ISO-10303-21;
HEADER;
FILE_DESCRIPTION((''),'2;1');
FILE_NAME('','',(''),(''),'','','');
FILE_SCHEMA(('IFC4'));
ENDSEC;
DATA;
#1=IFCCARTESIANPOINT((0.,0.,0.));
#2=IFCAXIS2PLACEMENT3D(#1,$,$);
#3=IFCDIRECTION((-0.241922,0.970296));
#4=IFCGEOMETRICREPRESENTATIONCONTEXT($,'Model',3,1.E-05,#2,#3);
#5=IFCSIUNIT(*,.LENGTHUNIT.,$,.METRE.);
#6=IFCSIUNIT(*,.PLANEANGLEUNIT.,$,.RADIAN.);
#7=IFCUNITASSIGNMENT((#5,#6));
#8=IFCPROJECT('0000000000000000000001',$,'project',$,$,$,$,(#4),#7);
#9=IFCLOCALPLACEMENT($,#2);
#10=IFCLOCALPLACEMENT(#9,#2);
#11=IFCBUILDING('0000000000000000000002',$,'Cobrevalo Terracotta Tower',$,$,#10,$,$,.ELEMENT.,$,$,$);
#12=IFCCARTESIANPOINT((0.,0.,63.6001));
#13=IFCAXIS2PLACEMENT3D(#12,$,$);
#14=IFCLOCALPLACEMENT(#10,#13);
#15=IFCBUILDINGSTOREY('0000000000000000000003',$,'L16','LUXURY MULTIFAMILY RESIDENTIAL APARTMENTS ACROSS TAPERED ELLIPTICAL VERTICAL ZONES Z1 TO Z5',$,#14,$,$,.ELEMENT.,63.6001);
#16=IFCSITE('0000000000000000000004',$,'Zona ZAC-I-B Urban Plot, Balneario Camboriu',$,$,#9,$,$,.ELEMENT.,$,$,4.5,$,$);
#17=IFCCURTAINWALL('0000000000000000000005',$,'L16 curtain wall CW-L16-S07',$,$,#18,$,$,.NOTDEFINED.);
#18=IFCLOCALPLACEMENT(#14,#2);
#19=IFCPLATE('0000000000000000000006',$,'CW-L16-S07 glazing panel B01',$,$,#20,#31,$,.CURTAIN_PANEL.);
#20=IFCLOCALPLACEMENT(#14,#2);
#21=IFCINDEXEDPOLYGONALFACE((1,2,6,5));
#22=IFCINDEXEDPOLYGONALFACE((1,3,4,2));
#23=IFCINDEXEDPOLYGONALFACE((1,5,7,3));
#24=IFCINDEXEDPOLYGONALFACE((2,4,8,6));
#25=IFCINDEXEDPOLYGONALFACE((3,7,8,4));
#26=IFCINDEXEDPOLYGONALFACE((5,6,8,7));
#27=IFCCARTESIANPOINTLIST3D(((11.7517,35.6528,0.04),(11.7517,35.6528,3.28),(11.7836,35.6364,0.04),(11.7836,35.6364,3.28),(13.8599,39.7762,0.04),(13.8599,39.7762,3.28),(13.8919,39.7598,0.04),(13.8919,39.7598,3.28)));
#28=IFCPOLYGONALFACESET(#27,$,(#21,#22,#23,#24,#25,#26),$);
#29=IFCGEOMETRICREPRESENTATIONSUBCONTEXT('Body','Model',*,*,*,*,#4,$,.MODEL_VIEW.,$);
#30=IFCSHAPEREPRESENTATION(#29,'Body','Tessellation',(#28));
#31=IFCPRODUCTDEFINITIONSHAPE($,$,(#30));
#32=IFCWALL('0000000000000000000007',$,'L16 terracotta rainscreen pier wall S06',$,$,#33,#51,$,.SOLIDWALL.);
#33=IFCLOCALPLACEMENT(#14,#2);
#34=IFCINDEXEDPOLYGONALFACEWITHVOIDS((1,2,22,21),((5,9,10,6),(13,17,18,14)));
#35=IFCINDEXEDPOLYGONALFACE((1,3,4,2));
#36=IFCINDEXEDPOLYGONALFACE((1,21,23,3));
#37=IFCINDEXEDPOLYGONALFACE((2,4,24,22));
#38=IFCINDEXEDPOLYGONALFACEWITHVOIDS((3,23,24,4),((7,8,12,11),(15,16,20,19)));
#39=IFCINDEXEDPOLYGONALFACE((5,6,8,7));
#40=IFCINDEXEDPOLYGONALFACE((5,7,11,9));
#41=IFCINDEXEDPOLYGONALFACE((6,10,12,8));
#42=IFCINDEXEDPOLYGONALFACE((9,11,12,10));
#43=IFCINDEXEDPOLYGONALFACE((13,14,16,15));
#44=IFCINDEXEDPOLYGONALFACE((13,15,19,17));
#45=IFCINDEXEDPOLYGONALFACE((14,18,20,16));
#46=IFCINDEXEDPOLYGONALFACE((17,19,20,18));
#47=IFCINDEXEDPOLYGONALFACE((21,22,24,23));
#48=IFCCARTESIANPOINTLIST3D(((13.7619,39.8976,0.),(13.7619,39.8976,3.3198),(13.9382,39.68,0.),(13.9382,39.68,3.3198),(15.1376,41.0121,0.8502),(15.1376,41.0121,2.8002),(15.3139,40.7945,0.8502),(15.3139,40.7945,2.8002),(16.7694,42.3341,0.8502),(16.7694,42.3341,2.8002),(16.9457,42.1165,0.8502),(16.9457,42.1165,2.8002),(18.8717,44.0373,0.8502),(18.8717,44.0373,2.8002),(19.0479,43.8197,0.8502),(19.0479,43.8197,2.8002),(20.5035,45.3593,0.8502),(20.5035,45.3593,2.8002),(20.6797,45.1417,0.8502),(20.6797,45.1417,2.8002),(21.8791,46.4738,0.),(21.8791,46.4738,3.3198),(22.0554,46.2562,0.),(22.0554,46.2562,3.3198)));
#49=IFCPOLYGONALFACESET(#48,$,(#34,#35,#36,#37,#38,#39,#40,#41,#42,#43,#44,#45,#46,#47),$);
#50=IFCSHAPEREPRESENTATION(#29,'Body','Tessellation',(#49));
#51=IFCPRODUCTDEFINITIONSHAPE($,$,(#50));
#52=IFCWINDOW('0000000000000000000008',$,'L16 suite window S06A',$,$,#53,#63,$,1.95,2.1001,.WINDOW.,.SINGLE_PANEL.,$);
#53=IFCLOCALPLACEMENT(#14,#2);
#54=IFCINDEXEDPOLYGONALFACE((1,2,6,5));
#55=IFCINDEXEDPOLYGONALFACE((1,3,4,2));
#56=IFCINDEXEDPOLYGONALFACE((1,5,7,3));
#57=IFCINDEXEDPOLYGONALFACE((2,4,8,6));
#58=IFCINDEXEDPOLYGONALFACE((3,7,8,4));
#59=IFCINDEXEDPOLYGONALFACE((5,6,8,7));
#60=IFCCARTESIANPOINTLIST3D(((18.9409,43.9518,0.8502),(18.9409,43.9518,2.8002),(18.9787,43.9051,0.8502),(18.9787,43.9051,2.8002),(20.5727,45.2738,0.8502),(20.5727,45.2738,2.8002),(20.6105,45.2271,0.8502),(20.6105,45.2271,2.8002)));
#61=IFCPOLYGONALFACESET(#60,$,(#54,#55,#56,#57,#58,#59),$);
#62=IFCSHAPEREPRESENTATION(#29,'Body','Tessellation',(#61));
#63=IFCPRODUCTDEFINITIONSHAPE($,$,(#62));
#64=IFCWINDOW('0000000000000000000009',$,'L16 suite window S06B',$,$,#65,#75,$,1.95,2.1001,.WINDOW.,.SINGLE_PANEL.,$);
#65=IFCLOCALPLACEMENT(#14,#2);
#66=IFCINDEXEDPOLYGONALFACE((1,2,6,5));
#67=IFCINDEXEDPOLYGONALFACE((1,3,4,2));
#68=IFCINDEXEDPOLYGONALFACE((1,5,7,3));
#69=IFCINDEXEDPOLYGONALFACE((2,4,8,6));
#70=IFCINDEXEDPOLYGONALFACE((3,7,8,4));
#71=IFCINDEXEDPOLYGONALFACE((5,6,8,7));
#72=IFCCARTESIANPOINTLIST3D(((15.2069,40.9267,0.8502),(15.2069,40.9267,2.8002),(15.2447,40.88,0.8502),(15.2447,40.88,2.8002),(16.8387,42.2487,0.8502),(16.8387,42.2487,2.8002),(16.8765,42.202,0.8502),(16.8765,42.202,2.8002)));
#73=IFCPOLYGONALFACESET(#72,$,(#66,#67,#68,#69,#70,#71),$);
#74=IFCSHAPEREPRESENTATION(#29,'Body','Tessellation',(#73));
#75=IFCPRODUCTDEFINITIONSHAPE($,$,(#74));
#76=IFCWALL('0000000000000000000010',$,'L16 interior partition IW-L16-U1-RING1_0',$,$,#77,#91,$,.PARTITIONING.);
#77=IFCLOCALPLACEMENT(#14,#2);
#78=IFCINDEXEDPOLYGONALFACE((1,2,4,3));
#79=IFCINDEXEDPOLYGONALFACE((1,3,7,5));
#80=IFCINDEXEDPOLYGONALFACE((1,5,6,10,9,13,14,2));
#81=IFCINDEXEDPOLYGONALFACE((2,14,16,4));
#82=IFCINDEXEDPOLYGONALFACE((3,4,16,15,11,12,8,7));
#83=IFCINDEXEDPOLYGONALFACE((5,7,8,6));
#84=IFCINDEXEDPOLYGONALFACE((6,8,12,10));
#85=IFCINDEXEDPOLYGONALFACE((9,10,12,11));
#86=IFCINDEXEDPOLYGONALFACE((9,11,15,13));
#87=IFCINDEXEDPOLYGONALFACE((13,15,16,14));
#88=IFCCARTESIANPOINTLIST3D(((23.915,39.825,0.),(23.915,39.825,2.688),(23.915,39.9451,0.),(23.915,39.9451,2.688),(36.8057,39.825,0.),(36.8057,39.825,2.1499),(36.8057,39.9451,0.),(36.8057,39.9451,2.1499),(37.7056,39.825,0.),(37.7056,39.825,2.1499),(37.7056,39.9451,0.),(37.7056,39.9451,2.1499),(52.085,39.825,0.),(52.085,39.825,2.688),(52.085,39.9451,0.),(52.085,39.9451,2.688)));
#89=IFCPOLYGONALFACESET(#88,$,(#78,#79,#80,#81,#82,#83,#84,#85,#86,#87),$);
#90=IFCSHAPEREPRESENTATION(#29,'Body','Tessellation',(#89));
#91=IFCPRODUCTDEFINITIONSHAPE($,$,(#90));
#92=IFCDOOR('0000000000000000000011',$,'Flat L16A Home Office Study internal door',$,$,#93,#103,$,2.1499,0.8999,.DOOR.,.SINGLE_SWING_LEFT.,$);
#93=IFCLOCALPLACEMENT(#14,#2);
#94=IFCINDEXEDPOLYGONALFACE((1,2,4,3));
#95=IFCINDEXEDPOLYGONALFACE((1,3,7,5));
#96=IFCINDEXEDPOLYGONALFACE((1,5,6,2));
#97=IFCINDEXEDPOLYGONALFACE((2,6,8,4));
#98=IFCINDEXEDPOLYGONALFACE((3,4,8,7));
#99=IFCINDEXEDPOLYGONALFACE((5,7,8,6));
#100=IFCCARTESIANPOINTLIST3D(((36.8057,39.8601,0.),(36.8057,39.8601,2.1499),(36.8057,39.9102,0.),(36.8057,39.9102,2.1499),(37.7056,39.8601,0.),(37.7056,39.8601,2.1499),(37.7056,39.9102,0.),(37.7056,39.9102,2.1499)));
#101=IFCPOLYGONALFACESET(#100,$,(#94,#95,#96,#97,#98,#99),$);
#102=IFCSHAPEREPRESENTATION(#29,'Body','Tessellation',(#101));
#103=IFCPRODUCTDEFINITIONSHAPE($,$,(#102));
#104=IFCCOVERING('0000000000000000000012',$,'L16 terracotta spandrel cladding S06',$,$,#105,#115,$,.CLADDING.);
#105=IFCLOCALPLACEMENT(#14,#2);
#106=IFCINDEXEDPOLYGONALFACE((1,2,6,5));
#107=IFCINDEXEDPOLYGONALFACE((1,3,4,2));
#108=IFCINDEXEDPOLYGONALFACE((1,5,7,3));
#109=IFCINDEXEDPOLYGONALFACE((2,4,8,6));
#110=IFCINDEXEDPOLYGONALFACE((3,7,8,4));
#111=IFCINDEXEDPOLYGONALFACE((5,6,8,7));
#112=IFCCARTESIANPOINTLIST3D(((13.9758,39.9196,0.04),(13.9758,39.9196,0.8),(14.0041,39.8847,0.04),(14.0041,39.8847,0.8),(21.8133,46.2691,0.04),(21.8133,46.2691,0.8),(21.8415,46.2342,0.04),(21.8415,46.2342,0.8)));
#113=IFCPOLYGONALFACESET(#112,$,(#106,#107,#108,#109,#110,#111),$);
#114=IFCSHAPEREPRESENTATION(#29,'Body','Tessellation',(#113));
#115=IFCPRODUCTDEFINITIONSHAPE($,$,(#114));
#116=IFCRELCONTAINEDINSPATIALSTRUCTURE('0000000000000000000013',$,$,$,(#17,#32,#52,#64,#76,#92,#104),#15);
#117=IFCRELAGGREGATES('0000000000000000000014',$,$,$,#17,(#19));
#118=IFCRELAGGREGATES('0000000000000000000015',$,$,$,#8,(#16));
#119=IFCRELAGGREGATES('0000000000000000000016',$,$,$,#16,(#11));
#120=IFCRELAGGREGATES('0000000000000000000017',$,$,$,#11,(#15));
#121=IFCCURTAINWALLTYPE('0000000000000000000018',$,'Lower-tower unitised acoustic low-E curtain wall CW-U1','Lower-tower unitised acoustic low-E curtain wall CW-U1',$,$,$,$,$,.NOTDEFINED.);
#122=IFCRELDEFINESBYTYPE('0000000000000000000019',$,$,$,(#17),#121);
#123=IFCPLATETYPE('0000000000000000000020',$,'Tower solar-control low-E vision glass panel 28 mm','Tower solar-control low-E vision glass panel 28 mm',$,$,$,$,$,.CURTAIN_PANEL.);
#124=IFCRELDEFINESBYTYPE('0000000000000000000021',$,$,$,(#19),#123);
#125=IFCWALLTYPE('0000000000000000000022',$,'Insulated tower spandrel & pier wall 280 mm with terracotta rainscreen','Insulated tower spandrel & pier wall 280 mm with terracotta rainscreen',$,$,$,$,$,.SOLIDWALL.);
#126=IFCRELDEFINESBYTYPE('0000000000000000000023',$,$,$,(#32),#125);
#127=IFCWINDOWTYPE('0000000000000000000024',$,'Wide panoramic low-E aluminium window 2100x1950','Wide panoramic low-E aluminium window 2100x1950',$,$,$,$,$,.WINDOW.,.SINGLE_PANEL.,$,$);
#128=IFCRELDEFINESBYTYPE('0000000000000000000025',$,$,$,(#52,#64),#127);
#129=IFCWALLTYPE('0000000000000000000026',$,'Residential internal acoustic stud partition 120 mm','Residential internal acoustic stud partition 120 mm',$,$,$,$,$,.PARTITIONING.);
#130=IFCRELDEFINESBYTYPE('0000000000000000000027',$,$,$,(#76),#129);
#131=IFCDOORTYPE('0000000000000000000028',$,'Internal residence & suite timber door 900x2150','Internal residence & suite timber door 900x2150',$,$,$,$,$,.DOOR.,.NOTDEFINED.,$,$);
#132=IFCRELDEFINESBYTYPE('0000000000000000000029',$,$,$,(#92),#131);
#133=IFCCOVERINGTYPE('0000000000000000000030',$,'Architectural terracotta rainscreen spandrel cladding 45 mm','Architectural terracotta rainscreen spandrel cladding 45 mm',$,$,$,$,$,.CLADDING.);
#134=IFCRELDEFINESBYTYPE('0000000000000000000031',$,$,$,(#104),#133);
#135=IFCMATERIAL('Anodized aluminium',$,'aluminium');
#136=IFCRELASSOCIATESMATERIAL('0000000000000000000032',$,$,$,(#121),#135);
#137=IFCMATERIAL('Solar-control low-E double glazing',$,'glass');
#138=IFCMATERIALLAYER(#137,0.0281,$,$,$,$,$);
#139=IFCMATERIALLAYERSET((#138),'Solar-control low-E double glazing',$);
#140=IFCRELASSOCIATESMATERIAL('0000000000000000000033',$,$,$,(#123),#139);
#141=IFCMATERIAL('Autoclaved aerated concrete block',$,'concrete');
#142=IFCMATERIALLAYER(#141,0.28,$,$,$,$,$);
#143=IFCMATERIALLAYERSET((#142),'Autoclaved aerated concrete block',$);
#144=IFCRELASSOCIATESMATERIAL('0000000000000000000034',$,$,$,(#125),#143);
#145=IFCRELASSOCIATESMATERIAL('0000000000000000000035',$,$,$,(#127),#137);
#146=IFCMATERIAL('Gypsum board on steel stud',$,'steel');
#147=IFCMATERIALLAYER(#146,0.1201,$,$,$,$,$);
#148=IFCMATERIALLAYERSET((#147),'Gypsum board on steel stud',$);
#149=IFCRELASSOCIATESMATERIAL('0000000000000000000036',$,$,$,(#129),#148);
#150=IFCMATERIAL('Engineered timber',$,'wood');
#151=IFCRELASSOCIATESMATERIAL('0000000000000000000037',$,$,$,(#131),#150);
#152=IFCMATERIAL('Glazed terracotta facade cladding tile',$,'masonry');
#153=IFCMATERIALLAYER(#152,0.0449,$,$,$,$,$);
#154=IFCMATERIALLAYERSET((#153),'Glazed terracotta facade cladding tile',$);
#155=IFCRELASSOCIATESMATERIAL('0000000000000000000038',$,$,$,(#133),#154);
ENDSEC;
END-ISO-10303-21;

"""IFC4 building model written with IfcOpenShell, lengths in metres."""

from ifc_helpers import new_model, si_unit, direction, frame, frame_2d, origin, origin_2d, place, context, subcontext, project, spatial, rectangle, extrude, source, transform, mapped, material, layer, layer_set, type_object, element, fill, aggregate, save


model = new_model("IFC4")

# Units and contexts
model_context = context("Model", 3, precision=1e-05, world=origin(), true_north=direction((-0.241922, 0.970296)))
body_context = subcontext(model_context, "Body", "Model", "MODEL_VIEW")
ifc_project = project(units=[si_unit("LENGTHUNIT", "METRE"), si_unit("PLANEANGLEUNIT", "RADIAN")], contexts=[model_context])

# Site, building, storey
site_placement = place(None, origin())
site = spatial("IfcSite", under=ifc_project, at=site_placement, Name="Zona ZAC-I-B Urban Plot, Balneario Camboriu", CompositionType="ELEMENT", RefElevation=4.5)
building_placement = place(site_placement, origin())
building = spatial("IfcBuilding", under=site, at=building_placement, Name="Cobrevalo Terracotta Tower", CompositionType="ELEMENT")
storey_placement = place(building_placement, frame((0.0, 0.0, 63.6001)))
storey = spatial("IfcBuildingStorey", under=building, at=storey_placement, Name="L16", Description="LUXURY MULTIFAMILY RESIDENTIAL APARTMENTS ACROSS TAPERED ELLIPTICAL VERTICAL ZONES Z1 TO Z5", CompositionType="ELEMENT", Elevation=63.6001)

# Shared definitions
ifc_material_1 = material(Name="Anodized aluminium", Category="aluminium")
curtain_wall_type = type_object("IfcCurtainWallType", Name="Lower-tower unitised acoustic low-E curtain wall CW-U1", Description="Lower-tower unitised acoustic low-E curtain wall CW-U1", PredefinedType="NOTDEFINED", material=ifc_material_1)

# Curtain wall
curtain_wall_1_placement = place(storey_placement, origin())
curtain_wall_1 = element("IfcCurtainWall", 1, at=curtain_wall_1_placement, inside=storey, type_object=curtain_wall_type, Name="L16 curtain wall CW-L16-S07", PredefinedType="NOTDEFINED")

# Plate
ifc_material_2 = material(Name="Solar-control low-E double glazing", Category="glass")
ifc_layer_1 = layer(ifc_material_2, 0.0281)
ifc_layer_set_1 = layer_set([ifc_layer_1], Name="Solar-control low-E double glazing")
plate_type = type_object("IfcPlateType", Name="Tower solar-control low-E vision glass panel 28 mm", Description="Tower solar-control low-E vision glass panel 28 mm", PredefinedType="CURTAIN_PANEL", material=ifc_layer_set_1)
shared_shape_1 = source(origin(), body_context, "Body", "SweptSolid", [
    extrude(rectangle(XDim=4.6311, YDim=0.0359, at=origin_2d()), origin(), (0.0, 0.0, 1.0), 3.24),
])
plate_1_placement = place(storey_placement, frame((12.8218, 37.7063, 0.04), z_axis=(0.0, 0.0, 1.0), x_axis=(-0.455231, -0.890373, 0.0)))
plate_1 = element("IfcPlate", 2, at=plate_1_placement, type_object=plate_type, Name="CW-L16-S07 glazing panel B01", PredefinedType="CURTAIN_PANEL", context=body_context, shape_type="MappedRepresentation", body=[
    mapped(shared_shape_1, transform((0.0, 0.0, 0.0), scale=1.0)),
])
aggregate(curtain_wall_1, [plate_1])

# Wall, openings, windows
ifc_material_3 = material(Name="Autoclaved aerated concrete block", Category="concrete")
ifc_layer_2 = layer(ifc_material_3, 0.28)
ifc_layer_set_2 = layer_set([ifc_layer_2], Name="Autoclaved aerated concrete block")
wall_type_1 = type_object("IfcWallType", Name="Insulated tower spandrel & pier wall 280 mm with terracotta rainscreen", Description="Insulated tower spandrel & pier wall 280 mm with terracotta rainscreen", PredefinedType="SOLIDWALL", material=ifc_layer_set_2)
wall_1_placement = place(storey_placement, frame((21.9673, 46.365, 0.0), z_axis=(0.0, 0.0, 1.0), x_axis=(-0.777005, -0.629494, 0.0)))
wall_1 = element("IfcWall", 3, at=wall_1_placement, inside=storey, type_object=wall_type_1, Name="L16 terracotta rainscreen pier wall S06", PredefinedType="SOLIDWALL", context=body_context, shape_type="SweptSolid", body=[
    extrude(rectangle(XDim=10.4468, YDim=0.28, at=frame_2d((5.2234, 0.0))), origin(), (0.0, 0.0, 1.0), 3.3198),
])
opening_1_placement = place(wall_1_placement, frame((1.7705, 0.0, 0.8501)))
opening_1 = element("IfcOpeningElement", 4, at=opening_1_placement, cuts=wall_1, PredefinedType="OPENING", context=body_context, shape_type="SweptSolid", body=[
    extrude(rectangle(XDim=2.1001, YDim=1.95, at=frame_2d((1.05, 0.9751))), frame((0.0, 0.1499, 0.0), z_axis=(0.0, -1.0, 0.0), x_axis=(1.0, 0.0, 0.0)), (0.0, 0.0, 1.0), 0.3),
])
opening_2_placement = place(wall_1_placement, frame((6.5762, 0.0, 0.8501)))
opening_2 = element("IfcOpeningElement", 5, at=opening_2_placement, cuts=wall_1, PredefinedType="OPENING", context=body_context, shape_type="SweptSolid", body=[
    extrude(rectangle(XDim=2.1001, YDim=1.95, at=frame_2d((1.05, 0.9751))), frame((0.0, 0.1499, 0.0), z_axis=(0.0, -1.0, 0.0), x_axis=(1.0, 0.0, 0.0)), (0.0, 0.0, 1.0), 0.3),
])
window_type = type_object("IfcWindowType", Name="Wide panoramic low-E aluminium window 2100x1950", Description="Wide panoramic low-E aluminium window 2100x1950", PartitioningType="SINGLE_PANEL", PredefinedType="WINDOW", material=ifc_material_2)
shared_shape_2 = source(origin(), body_context, "Body", "SweptSolid", [
    extrude(rectangle(XDim=2.1001, YDim=1.95, at=frame_2d((1.05, 0.9751))), frame((0.0, 0.03, 0.0), z_axis=(0.0, -1.0, 0.0), x_axis=(1.0, 0.0, 0.0)), (0.0, 0.0, 1.0), 0.0601),
])
window_1_placement = place(opening_1_placement, origin())
window_1 = element("IfcWindow", 6, at=window_1_placement, inside=storey, type_object=window_type, Name="L16 suite window S06A", OverallHeight=1.95, OverallWidth=2.1001, PartitioningType="SINGLE_PANEL", PredefinedType="WINDOW", context=body_context, shape_type="MappedRepresentation", body=[
    mapped(shared_shape_2, transform((0.0, 0.0, 0.0), scale=1.0)),
])
fill(opening_1, window_1)
window_2_placement = place(opening_2_placement, origin())
window_2 = element("IfcWindow", 7, at=window_2_placement, inside=storey, type_object=window_type, Name="L16 suite window S06B", OverallHeight=1.95, OverallWidth=2.1001, PartitioningType="SINGLE_PANEL", PredefinedType="WINDOW", context=body_context, shape_type="MappedRepresentation", body=[
    mapped(shared_shape_2, transform((0.0, 0.0, 0.0), scale=1.0)),
])
fill(opening_2, window_2)

# Wall, opening, door
ifc_material_4 = material(Name="Gypsum board on steel stud", Category="steel")
ifc_layer_3 = layer(ifc_material_4, 0.1201)
ifc_layer_set_3 = layer_set([ifc_layer_3], Name="Gypsum board on steel stud")
wall_type_2 = type_object("IfcWallType", Name="Residential internal acoustic stud partition 120 mm", Description="Residential internal acoustic stud partition 120 mm", PredefinedType="PARTITIONING", material=ifc_layer_set_3)
wall_2_placement = place(storey_placement, frame((23.915, 39.885, 0.0), z_axis=(0.0, 0.0, 1.0), x_axis=(1.0, 0.0, 0.0)))
wall_2 = element("IfcWall", 8, at=wall_2_placement, inside=storey, type_object=wall_type_2, Name="L16 interior partition IW-L16-U1-RING1_0", PredefinedType="PARTITIONING", context=body_context, shape_type="SweptSolid", body=[
    extrude(rectangle(XDim=28.1699, YDim=0.1201, at=frame_2d((14.085, 0.0))), origin(), (0.0, 0.0, 1.0), 2.688),
])
opening_3_placement = place(wall_2_placement, frame((12.8906, 0.0, 0.0)))
opening_3 = element("IfcOpeningElement", 9, at=opening_3_placement, cuts=wall_2, PredefinedType="OPENING", context=body_context, shape_type="SweptSolid", body=[
    extrude(rectangle(XDim=0.8999, YDim=2.1499, at=frame_2d((0.45, 1.075))), frame((0.0, 0.0701, 0.0), z_axis=(0.0, -1.0, 0.0), x_axis=(1.0, 0.0, 0.0)), (0.0, 0.0, 1.0), 0.1401),
])
ifc_material_5 = material(Name="Engineered timber", Category="wood")
door_type = type_object("IfcDoorType", Name="Internal residence & suite timber door 900x2150", Description="Internal residence & suite timber door 900x2150", OperationType="NOTDEFINED", PredefinedType="DOOR", material=ifc_material_5)
shared_shape_3 = source(origin(), body_context, "Body", "SweptSolid", [
    extrude(rectangle(XDim=0.8999, YDim=2.1499, at=frame_2d((0.45, 1.075))), frame((0.0, 0.0249, 0.0), z_axis=(0.0, -1.0, 0.0), x_axis=(1.0, 0.0, 0.0)), (0.0, 0.0, 1.0), 0.05),
])
door_placement = place(opening_3_placement, frame((0.8999, 0.0, 0.0), z_axis=(0.0, 0.0, 1.0), x_axis=(-1.0, 0.0, 0.0)))
door = element("IfcDoor", 10, at=door_placement, inside=storey, type_object=door_type, Name="Flat L16A Home Office Study internal door", OperationType="SINGLE_SWING_LEFT", OverallHeight=2.1499, OverallWidth=0.8999, PredefinedType="DOOR", context=body_context, shape_type="MappedRepresentation", body=[
    mapped(shared_shape_3, transform((0.0, 0.0, 0.0), scale=1.0)),
])
fill(opening_3, door)

# Covering
ifc_material_6 = material(Name="Glazed terracotta facade cladding tile", Category="masonry")
ifc_layer_4 = layer(ifc_material_6, 0.0449)
ifc_layer_set_4 = layer_set([ifc_layer_4], Name="Glazed terracotta facade cladding tile")
covering_type = type_object("IfcCoveringType", Name="Architectural terracotta rainscreen spandrel cladding 45 mm", Description="Architectural terracotta rainscreen spandrel cladding 45 mm", PredefinedType="CLADDING", material=ifc_layer_set_4)
shared_shape_4 = source(origin(), body_context, "Body", "SweptSolid", [
    extrude(rectangle(XDim=10.0867, YDim=0.0449, at=origin_2d()), origin(), (0.0, 0.0, 1.0), 0.76),
])
covering_placement = place(storey_placement, frame((17.9087, 43.0769, 0.04), z_axis=(0.0, 0.0, 1.0), x_axis=(-0.777008, -0.629491, 0.0)))
element("IfcCovering", 11, at=covering_placement, inside=storey, type_object=covering_type, Name="L16 terracotta spandrel cladding S06", PredefinedType="CLADDING", context=body_context, shape_type="MappedRepresentation", body=[
    mapped(shared_shape_4, transform((0.0, 0.0, 0.0), scale=1.0)),
])

save(model, "model.ifc")
